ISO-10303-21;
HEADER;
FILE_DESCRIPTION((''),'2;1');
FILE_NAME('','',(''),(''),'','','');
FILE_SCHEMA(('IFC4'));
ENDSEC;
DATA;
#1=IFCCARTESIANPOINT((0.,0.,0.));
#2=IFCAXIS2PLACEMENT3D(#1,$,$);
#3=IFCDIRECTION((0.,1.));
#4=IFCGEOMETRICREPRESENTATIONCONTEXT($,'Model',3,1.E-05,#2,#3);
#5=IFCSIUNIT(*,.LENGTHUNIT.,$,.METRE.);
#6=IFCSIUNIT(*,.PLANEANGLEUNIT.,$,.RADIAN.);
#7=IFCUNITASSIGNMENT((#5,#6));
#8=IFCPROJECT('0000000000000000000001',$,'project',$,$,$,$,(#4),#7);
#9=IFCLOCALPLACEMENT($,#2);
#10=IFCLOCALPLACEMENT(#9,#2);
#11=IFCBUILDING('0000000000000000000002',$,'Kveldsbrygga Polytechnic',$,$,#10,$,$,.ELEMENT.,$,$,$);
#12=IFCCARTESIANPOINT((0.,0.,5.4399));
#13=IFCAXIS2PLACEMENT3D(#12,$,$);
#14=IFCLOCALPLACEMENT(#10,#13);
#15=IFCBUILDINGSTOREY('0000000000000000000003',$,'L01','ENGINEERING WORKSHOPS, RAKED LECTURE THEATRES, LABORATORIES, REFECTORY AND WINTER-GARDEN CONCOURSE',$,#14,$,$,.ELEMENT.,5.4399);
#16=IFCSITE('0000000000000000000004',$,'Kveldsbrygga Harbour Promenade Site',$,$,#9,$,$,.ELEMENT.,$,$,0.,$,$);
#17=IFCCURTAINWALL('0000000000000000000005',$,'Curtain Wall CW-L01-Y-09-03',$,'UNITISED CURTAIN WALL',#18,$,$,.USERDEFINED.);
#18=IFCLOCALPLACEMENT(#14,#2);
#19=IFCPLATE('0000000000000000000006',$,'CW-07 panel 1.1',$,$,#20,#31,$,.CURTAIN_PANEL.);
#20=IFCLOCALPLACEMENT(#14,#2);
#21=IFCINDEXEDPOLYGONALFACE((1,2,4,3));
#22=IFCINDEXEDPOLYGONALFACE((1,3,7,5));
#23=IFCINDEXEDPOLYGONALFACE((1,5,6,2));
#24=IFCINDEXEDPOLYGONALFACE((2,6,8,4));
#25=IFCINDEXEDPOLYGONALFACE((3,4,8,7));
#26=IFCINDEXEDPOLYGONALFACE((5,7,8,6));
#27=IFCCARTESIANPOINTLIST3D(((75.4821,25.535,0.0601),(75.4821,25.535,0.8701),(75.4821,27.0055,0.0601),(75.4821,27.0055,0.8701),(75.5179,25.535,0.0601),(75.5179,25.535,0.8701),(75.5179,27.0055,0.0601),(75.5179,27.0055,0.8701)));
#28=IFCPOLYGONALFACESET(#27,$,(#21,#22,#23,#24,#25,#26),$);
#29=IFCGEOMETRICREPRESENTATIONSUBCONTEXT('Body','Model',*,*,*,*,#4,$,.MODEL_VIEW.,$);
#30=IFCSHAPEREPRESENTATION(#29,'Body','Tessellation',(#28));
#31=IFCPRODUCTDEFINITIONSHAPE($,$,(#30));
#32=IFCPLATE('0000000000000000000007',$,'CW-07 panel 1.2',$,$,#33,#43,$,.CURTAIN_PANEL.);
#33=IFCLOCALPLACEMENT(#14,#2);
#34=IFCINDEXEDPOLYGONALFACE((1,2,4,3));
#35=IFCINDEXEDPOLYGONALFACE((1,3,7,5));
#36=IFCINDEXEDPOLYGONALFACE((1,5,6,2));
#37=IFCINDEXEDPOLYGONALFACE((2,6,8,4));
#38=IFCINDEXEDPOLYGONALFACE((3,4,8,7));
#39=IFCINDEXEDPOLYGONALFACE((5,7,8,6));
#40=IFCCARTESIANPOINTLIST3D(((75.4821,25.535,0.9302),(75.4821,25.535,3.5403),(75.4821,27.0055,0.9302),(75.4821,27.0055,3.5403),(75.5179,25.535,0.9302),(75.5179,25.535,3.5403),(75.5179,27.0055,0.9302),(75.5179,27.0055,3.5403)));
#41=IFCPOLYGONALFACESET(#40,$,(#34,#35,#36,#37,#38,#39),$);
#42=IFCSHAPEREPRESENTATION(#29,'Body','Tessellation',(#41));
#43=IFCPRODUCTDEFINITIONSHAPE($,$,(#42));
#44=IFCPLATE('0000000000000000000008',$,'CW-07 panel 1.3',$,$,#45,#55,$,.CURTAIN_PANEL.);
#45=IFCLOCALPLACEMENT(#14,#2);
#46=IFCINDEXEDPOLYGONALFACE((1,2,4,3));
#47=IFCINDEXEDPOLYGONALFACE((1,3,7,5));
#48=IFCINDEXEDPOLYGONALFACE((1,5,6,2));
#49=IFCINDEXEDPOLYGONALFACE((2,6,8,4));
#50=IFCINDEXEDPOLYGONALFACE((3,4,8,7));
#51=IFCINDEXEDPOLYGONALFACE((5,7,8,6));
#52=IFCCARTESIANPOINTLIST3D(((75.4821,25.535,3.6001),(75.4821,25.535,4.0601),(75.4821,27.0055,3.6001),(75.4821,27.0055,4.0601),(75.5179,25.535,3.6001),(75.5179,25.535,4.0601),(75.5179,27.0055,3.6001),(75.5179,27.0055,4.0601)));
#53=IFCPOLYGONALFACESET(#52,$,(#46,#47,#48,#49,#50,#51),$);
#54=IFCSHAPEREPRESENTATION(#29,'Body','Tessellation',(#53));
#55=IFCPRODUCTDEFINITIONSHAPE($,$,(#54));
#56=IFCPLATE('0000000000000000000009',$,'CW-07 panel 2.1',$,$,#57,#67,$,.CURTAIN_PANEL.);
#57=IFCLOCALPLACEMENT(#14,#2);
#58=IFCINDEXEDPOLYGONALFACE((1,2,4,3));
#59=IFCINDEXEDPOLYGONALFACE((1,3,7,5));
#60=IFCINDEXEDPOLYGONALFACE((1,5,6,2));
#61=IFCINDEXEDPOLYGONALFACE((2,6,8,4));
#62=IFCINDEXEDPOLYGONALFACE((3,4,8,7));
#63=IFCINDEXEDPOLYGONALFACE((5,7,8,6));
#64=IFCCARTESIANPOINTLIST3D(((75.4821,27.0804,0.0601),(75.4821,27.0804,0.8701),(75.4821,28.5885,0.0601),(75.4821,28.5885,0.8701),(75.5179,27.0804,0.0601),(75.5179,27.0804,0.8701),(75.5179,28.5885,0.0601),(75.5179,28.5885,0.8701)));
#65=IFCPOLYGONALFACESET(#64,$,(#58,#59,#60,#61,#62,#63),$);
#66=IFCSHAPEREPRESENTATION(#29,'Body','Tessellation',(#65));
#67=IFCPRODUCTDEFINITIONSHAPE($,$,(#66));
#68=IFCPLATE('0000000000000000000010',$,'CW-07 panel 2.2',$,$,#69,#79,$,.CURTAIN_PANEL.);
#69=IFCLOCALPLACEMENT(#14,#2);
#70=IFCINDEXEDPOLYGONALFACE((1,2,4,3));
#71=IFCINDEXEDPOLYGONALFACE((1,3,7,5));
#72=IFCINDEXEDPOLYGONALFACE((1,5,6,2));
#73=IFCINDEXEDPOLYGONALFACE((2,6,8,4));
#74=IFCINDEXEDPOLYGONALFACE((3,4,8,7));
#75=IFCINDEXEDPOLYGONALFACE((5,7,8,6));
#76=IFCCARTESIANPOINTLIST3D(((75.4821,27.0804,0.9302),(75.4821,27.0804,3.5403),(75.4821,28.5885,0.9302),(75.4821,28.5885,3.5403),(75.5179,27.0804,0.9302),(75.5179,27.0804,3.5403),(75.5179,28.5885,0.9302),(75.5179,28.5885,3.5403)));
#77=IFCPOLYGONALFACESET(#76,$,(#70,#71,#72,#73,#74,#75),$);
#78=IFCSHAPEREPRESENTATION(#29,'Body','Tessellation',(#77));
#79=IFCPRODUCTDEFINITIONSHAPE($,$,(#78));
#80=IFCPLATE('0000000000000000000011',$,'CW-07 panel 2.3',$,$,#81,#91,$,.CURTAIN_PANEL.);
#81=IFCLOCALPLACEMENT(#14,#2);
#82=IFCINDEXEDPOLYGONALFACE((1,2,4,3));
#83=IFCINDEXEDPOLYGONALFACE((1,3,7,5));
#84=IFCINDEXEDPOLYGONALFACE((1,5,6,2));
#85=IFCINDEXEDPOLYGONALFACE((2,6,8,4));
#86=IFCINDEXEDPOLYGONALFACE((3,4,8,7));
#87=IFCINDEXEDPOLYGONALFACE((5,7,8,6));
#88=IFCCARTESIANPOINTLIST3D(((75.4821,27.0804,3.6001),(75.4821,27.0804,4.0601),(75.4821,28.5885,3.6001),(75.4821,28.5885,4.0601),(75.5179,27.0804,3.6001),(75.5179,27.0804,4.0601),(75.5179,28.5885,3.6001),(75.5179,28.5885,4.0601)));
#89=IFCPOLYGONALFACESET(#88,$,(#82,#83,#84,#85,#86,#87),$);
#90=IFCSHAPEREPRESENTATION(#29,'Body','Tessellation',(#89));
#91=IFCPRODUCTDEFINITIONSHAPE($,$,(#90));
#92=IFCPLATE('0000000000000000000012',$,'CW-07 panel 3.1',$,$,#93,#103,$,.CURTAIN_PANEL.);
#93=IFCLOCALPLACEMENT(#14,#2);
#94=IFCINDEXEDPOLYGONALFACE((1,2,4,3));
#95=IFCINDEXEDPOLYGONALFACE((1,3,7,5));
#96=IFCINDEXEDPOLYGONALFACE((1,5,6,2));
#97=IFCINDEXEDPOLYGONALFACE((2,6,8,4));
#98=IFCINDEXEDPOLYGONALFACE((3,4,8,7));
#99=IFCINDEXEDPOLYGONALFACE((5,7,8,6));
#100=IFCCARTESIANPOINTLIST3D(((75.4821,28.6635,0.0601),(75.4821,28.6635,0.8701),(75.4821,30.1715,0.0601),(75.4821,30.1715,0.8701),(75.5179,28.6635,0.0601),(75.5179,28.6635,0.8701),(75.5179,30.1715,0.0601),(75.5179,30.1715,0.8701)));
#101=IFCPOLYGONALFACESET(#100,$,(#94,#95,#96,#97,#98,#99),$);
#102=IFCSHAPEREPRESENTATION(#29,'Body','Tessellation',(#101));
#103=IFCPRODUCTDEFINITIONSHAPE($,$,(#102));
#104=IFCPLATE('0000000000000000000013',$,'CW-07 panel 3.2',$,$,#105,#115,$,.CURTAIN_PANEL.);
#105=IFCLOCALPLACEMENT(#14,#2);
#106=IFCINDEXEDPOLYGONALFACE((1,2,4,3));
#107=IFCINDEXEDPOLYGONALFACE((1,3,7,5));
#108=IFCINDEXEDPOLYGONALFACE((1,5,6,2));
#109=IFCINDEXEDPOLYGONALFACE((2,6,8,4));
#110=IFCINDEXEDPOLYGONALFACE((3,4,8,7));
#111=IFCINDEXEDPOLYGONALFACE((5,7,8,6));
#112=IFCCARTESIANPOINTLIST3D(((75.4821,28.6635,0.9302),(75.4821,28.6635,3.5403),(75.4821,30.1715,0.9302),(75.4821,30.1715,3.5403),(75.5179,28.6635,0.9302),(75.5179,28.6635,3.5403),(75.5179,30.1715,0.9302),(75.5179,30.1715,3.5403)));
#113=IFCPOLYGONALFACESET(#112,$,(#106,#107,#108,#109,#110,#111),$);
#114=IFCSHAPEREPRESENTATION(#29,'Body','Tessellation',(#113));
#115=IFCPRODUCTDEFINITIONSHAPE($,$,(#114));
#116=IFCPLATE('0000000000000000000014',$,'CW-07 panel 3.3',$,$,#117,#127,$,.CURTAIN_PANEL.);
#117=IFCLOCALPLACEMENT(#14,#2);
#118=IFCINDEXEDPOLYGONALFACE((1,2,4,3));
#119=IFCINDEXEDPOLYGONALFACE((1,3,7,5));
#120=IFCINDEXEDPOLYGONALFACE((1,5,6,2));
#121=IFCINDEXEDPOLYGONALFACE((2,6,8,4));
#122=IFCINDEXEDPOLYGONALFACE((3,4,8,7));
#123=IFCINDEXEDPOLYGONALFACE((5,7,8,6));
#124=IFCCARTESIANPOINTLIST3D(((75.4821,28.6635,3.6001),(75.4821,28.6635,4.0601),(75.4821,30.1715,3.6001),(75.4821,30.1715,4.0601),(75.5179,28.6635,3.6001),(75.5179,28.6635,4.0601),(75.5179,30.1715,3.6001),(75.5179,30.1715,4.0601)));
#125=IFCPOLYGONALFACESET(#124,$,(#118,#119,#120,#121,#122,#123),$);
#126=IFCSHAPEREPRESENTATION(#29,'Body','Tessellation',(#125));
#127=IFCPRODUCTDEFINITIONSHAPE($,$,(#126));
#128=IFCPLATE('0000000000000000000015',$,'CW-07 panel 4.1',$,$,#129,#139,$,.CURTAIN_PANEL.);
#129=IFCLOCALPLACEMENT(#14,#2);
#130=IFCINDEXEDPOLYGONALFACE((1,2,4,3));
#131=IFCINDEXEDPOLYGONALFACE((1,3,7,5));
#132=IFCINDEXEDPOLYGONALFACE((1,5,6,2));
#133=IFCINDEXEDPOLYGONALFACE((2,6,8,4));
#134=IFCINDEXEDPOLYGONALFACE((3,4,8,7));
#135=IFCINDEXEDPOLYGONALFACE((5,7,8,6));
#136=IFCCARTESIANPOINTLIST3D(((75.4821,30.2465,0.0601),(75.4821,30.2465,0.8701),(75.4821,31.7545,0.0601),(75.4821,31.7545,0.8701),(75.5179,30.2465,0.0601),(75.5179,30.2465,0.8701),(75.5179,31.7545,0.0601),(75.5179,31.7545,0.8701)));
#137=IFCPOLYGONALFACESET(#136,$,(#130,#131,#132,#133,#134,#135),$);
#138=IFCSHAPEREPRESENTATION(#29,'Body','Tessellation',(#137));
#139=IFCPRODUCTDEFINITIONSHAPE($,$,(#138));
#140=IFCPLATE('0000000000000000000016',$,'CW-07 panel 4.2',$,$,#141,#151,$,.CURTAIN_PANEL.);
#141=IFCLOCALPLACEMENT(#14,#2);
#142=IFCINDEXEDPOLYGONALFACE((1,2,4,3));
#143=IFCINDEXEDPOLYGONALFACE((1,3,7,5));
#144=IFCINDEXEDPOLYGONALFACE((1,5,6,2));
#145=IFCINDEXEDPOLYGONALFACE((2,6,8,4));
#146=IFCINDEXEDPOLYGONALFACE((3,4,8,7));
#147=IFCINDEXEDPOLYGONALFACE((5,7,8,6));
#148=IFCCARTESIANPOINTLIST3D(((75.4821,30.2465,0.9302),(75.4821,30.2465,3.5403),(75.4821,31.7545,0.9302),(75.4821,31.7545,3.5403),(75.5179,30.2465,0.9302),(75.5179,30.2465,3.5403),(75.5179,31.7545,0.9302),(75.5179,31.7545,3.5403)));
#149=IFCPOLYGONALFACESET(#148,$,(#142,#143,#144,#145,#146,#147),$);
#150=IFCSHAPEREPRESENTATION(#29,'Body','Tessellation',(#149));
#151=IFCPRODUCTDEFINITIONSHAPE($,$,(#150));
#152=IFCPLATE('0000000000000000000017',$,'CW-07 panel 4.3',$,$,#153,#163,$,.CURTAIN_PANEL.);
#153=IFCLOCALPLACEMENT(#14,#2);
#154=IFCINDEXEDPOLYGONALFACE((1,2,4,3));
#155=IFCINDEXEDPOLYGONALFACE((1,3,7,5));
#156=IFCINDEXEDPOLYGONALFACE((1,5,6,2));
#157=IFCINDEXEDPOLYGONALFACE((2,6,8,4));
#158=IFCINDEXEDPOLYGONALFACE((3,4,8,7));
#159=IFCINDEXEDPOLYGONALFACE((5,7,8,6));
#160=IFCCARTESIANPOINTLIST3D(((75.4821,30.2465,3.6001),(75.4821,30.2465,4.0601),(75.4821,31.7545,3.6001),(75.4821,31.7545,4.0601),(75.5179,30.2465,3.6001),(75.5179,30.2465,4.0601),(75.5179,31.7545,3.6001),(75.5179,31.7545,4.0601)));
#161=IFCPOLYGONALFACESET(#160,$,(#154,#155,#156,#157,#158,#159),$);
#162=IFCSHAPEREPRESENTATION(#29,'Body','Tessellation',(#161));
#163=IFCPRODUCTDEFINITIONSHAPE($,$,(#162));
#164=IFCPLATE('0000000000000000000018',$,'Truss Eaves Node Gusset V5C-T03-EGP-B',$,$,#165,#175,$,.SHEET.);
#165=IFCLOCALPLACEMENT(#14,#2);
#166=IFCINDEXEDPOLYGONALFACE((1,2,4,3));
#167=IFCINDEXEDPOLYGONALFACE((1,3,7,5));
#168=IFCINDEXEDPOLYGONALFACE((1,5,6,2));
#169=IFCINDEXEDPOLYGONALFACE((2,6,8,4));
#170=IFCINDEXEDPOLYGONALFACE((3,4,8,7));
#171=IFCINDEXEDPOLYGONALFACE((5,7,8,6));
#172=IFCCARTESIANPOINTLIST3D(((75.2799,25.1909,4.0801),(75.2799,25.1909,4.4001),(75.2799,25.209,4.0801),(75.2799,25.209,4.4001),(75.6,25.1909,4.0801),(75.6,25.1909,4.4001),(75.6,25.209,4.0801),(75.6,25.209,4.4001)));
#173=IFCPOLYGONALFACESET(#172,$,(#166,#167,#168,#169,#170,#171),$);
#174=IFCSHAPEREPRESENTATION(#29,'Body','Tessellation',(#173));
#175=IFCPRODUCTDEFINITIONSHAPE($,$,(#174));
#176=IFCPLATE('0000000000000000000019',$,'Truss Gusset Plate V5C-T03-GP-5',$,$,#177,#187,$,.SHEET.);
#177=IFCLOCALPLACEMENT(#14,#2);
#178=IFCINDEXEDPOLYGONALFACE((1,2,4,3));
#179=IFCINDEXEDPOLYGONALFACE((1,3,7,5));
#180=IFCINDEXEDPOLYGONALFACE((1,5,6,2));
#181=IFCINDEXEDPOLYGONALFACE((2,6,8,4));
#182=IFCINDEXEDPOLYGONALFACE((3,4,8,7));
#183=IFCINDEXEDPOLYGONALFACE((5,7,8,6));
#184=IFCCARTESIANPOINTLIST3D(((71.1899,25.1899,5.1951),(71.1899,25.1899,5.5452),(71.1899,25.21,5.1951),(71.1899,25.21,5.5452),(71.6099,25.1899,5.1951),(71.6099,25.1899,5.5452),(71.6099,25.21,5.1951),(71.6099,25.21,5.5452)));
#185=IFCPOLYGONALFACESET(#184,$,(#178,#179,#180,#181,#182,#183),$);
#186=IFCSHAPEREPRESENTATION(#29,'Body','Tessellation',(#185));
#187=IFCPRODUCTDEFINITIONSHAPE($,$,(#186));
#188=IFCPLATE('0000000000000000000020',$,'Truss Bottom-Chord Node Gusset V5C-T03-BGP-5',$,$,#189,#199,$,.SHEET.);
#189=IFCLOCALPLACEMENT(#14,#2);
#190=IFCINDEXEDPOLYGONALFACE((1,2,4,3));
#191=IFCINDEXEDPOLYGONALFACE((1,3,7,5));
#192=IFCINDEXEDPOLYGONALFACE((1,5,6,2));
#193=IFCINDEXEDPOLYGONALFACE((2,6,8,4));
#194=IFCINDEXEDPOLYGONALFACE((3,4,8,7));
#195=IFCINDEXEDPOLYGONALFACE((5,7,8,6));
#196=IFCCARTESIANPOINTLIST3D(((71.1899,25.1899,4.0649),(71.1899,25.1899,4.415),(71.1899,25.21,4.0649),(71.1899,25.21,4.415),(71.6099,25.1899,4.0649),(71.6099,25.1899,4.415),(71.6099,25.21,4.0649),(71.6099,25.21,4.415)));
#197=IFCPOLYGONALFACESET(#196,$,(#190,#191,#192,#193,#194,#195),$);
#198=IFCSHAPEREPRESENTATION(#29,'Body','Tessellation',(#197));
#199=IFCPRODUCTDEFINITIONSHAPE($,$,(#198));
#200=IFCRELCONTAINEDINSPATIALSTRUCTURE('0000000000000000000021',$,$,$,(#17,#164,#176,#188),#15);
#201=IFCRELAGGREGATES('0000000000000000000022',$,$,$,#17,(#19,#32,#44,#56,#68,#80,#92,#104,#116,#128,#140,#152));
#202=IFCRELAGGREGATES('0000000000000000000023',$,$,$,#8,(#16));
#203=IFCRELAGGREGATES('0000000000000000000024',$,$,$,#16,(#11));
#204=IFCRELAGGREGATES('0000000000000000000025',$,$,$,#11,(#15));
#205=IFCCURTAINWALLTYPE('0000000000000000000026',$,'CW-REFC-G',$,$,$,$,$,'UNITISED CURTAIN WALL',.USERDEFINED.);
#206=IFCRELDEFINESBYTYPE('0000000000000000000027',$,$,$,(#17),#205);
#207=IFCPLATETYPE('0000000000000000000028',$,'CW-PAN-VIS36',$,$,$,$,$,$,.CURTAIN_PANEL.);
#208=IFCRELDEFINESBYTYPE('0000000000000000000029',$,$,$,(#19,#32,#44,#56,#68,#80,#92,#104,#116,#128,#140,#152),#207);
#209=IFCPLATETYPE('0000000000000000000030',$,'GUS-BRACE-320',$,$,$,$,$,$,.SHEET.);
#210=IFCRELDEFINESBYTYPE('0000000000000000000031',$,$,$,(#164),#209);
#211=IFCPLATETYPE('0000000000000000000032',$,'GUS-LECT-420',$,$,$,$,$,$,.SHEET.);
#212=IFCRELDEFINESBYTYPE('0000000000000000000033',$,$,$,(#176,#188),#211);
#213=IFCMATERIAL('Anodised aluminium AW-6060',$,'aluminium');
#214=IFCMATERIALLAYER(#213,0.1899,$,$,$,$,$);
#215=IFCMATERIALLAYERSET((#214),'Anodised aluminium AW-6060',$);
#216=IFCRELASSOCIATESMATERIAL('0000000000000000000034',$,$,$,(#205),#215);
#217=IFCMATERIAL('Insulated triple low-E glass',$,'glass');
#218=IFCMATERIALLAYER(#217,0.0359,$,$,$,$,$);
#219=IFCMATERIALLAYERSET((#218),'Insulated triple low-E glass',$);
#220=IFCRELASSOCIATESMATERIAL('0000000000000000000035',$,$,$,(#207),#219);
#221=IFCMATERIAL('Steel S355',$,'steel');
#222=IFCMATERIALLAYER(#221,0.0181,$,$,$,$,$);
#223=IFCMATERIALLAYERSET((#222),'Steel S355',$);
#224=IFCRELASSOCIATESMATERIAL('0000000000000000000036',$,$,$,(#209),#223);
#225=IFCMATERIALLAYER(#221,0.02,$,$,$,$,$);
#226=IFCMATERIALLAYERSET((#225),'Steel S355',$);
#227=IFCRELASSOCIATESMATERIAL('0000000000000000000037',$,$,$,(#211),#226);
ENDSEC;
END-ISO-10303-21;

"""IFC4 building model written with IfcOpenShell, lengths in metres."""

from ifc_helpers import new_model, si_unit, direction, frame, origin, origin_2d, place, context, subcontext, project, spatial, rectangle, extrude, material, layer, layer_set, type_object, element, aggregate, save


model = new_model("IFC4")

# Units and contexts
model_context = context("Model", 3, precision=1e-05, world=origin(), true_north=direction((0.0, 1.0)))
body_context = subcontext(model_context, "Body", "Model", "MODEL_VIEW")
ifc_project = project(units=[si_unit("LENGTHUNIT", "METRE"), si_unit("PLANEANGLEUNIT", "RADIAN")], contexts=[model_context])

# Site, building, storey
site_placement = place(None, origin())
site = spatial("IfcSite", under=ifc_project, at=site_placement, Name="Kveldsbrygga Harbour Promenade Site", CompositionType="ELEMENT", RefElevation=0.0)
building_placement = place(site_placement, origin())
building = spatial("IfcBuilding", under=site, at=building_placement, Name="Kveldsbrygga Polytechnic", CompositionType="ELEMENT")
storey_placement = place(building_placement, frame((0.0, 0.0, 5.4399)))
storey = spatial("IfcBuildingStorey", under=building, at=storey_placement, Name="L01", Description="ENGINEERING WORKSHOPS, RAKED LECTURE THEATRES, LABORATORIES, REFECTORY AND WINTER-GARDEN CONCOURSE", CompositionType="ELEMENT", Elevation=5.4399)

# Curtain wall
ifc_material_1 = material(Name="Anodised aluminium AW-6060", Category="aluminium")
ifc_layer_1 = layer(ifc_material_1, 0.1899)
ifc_layer_set_1 = layer_set([ifc_layer_1], Name="Anodised aluminium AW-6060")
curtain_wall_type = type_object("IfcCurtainWallType", Name="CW-REFC-G", ElementType="UNITISED CURTAIN WALL", PredefinedType="USERDEFINED", material=ifc_layer_set_1)
curtain_wall_placement = place(storey_placement, origin())
curtain_wall = element("IfcCurtainWall", 1, at=curtain_wall_placement, inside=storey, type_object=curtain_wall_type, Name="Curtain Wall CW-L01-Y-09-03", ObjectType="UNITISED CURTAIN WALL", PredefinedType="USERDEFINED")

# Shared definitions
ifc_material_2 = material(Name="Steel S355", Category="steel")

# Plates
ifc_material_3 = material(Name="Insulated triple low-E glass", Category="glass")
ifc_layer_2 = layer(ifc_material_3, 0.0359)
ifc_layer_set_2 = layer_set([ifc_layer_2], Name="Insulated triple low-E glass")
plate_type_1 = type_object("IfcPlateType", Name="CW-PAN-VIS36", PredefinedType="CURTAIN_PANEL", material=ifc_layer_set_2)
plate_1_placement = place(storey_placement, frame((75.5, 26.2703, 0.0601), z_axis=(0.0, 0.0, 1.0), x_axis=(0.0, 1.0, 0.0)))
plate_1 = element("IfcPlate", 2, at=plate_1_placement, type_object=plate_type_1, Name="CW-07 panel 1.1", PredefinedType="CURTAIN_PANEL", context=body_context, shape_type="SweptSolid", body=[
    extrude(rectangle(XDim=1.4705, YDim=0.0359, at=origin_2d()), origin(), (0.0, 0.0, 1.0), 0.8101),
])
plate_2_placement = place(storey_placement, frame((75.5, 26.2703, 0.9302), z_axis=(0.0, 0.0, 1.0), x_axis=(0.0, 1.0, 0.0)))
plate_2 = element("IfcPlate", 3, at=plate_2_placement, type_object=plate_type_1, Name="CW-07 panel 1.2", PredefinedType="CURTAIN_PANEL", context=body_context, shape_type="SweptSolid", body=[
    extrude(rectangle(XDim=1.4705, YDim=0.0359, at=origin_2d()), origin(), (0.0, 0.0, 1.0), 2.6101),
])
plate_3_placement = place(storey_placement, frame((75.5, 26.2703, 3.6001), z_axis=(0.0, 0.0, 1.0), x_axis=(0.0, 1.0, 0.0)))
plate_3 = element("IfcPlate", 4, at=plate_3_placement, type_object=plate_type_1, Name="CW-07 panel 1.3", PredefinedType="CURTAIN_PANEL", context=body_context, shape_type="SweptSolid", body=[
    extrude(rectangle(XDim=1.4705, YDim=0.0359, at=origin_2d()), origin(), (0.0, 0.0, 1.0), 0.46),
])
plate_4_placement = place(storey_placement, frame((75.5, 27.8345, 0.0601), z_axis=(0.0, 0.0, 1.0), x_axis=(0.0, 1.0, 0.0)))
plate_4 = element("IfcPlate", 5, at=plate_4_placement, type_object=plate_type_1, Name="CW-07 panel 2.1", PredefinedType="CURTAIN_PANEL", context=body_context, shape_type="SweptSolid", body=[
    extrude(rectangle(XDim=1.5081, YDim=0.0359, at=origin_2d()), origin(), (0.0, 0.0, 1.0), 0.8101),
])
plate_5_placement = place(storey_placement, frame((75.5, 27.8345, 0.9302), z_axis=(0.0, 0.0, 1.0), x_axis=(0.0, 1.0, 0.0)))
plate_5 = element("IfcPlate", 6, at=plate_5_placement, type_object=plate_type_1, Name="CW-07 panel 2.2", PredefinedType="CURTAIN_PANEL", context=body_context, shape_type="SweptSolid", body=[
    extrude(rectangle(XDim=1.5081, YDim=0.0359, at=origin_2d()), origin(), (0.0, 0.0, 1.0), 2.6101),
])
plate_6_placement = place(storey_placement, frame((75.5, 27.8345, 3.6001), z_axis=(0.0, 0.0, 1.0), x_axis=(0.0, 1.0, 0.0)))
plate_6 = element("IfcPlate", 7, at=plate_6_placement, type_object=plate_type_1, Name="CW-07 panel 2.3", PredefinedType="CURTAIN_PANEL", context=body_context, shape_type="SweptSolid", body=[
    extrude(rectangle(XDim=1.5081, YDim=0.0359, at=origin_2d()), origin(), (0.0, 0.0, 1.0), 0.46),
])
plate_7_placement = place(storey_placement, frame((75.5, 29.4175, 0.0601), z_axis=(0.0, 0.0, 1.0), x_axis=(0.0, 1.0, 0.0)))
plate_7 = element("IfcPlate", 8, at=plate_7_placement, type_object=plate_type_1, Name="CW-07 panel 3.1", PredefinedType="CURTAIN_PANEL", context=body_context, shape_type="SweptSolid", body=[
    extrude(rectangle(XDim=1.5081, YDim=0.0359, at=origin_2d()), origin(), (0.0, 0.0, 1.0), 0.8101),
])
plate_8_placement = place(storey_placement, frame((75.5, 29.4175, 0.9302), z_axis=(0.0, 0.0, 1.0), x_axis=(0.0, 1.0, 0.0)))
plate_8 = element("IfcPlate", 9, at=plate_8_placement, type_object=plate_type_1, Name="CW-07 panel 3.2", PredefinedType="CURTAIN_PANEL", context=body_context, shape_type="SweptSolid", body=[
    extrude(rectangle(XDim=1.5081, YDim=0.0359, at=origin_2d()), origin(), (0.0, 0.0, 1.0), 2.6101),
])
plate_9_placement = place(storey_placement, frame((75.5, 29.4175, 3.6001), z_axis=(0.0, 0.0, 1.0), x_axis=(0.0, 1.0, 0.0)))
plate_9 = element("IfcPlate", 10, at=plate_9_placement, type_object=plate_type_1, Name="CW-07 panel 3.3", PredefinedType="CURTAIN_PANEL", context=body_context, shape_type="SweptSolid", body=[
    extrude(rectangle(XDim=1.5081, YDim=0.0359, at=origin_2d()), origin(), (0.0, 0.0, 1.0), 0.46),
])
plate_10_placement = place(storey_placement, frame((75.5, 31.0005, 0.0601), z_axis=(0.0, 0.0, 1.0), x_axis=(0.0, 1.0, 0.0)))
plate_10 = element("IfcPlate", 11, at=plate_10_placement, type_object=plate_type_1, Name="CW-07 panel 4.1", PredefinedType="CURTAIN_PANEL", context=body_context, shape_type="SweptSolid", body=[
    extrude(rectangle(XDim=1.5081, YDim=0.0359, at=origin_2d()), origin(), (0.0, 0.0, 1.0), 0.8101),
])
plate_11_placement = place(storey_placement, frame((75.5, 31.0005, 0.9302), z_axis=(0.0, 0.0, 1.0), x_axis=(0.0, 1.0, 0.0)))
plate_11 = element("IfcPlate", 12, at=plate_11_placement, type_object=plate_type_1, Name="CW-07 panel 4.2", PredefinedType="CURTAIN_PANEL", context=body_context, shape_type="SweptSolid", body=[
    extrude(rectangle(XDim=1.5081, YDim=0.0359, at=origin_2d()), origin(), (0.0, 0.0, 1.0), 2.6101),
])
plate_12_placement = place(storey_placement, frame((75.5, 31.0005, 3.6001), z_axis=(0.0, 0.0, 1.0), x_axis=(0.0, 1.0, 0.0)))
plate_12 = element("IfcPlate", 13, at=plate_12_placement, type_object=plate_type_1, Name="CW-07 panel 4.3", PredefinedType="CURTAIN_PANEL", context=body_context, shape_type="SweptSolid", body=[
    extrude(rectangle(XDim=1.5081, YDim=0.0359, at=origin_2d()), origin(), (0.0, 0.0, 1.0), 0.46),
])
aggregate(curtain_wall, [plate_1, plate_2, plate_3, plate_4, plate_5, plate_6, plate_7, plate_8, plate_9, plate_10, plate_11, plate_12])

# Plates
ifc_layer_3 = layer(ifc_material_2, 0.0181)
ifc_layer_set_3 = layer_set([ifc_layer_3], Name="Steel S355")
plate_type_2 = type_object("IfcPlateType", Name="GUS-BRACE-320", PredefinedType="SHEET", material=ifc_layer_set_3)
plate_13_placement = place(storey_placement, frame((75.4399, 25.2, 4.0801), z_axis=(0.0, 0.0, 1.0), x_axis=(1.0, 0.0, 0.0)))
element("IfcPlate", 14, at=plate_13_placement, inside=storey, type_object=plate_type_2, Name="Truss Eaves Node Gusset V5C-T03-EGP-B", PredefinedType="SHEET", context=body_context, shape_type="SweptSolid", body=[
    extrude(rectangle(XDim=0.3201, YDim=0.0181, at=origin_2d()), origin(), (0.0, 0.0, 1.0), 0.3201),
])
ifc_layer_4 = layer(ifc_material_2, 0.02)
ifc_layer_set_4 = layer_set([ifc_layer_4], Name="Steel S355")
plate_type_3 = type_object("IfcPlateType", Name="GUS-LECT-420", PredefinedType="SHEET", material=ifc_layer_set_4)
for number, where, z_axis, x_axis, name in (
    (15, (71.3999, 25.2, 5.1951), (0.0, 0.0, 1.0), (1.0, 0.0, 0.0), "Truss Gusset Plate V5C-T03-GP-5"),
    (16, (71.3999, 25.2, 4.0649), (0.0, 0.0, 1.0), (1.0, 0.0, 0.0), "Truss Bottom-Chord Node Gusset V5C-T03-BGP-5"),
):
    element("IfcPlate", number, at=place(storey_placement, frame(where, z_axis=z_axis, x_axis=x_axis)), inside=storey, type_object=plate_type_3, Name=name, PredefinedType="SHEET", context=body_context, shape_type="SweptSolid", body=[
        extrude(rectangle(XDim=0.4199, YDim=0.02, at=origin_2d()), origin(), (0.0, 0.0, 1.0), 0.3501),
    ])

save(model, "model.ifc")
